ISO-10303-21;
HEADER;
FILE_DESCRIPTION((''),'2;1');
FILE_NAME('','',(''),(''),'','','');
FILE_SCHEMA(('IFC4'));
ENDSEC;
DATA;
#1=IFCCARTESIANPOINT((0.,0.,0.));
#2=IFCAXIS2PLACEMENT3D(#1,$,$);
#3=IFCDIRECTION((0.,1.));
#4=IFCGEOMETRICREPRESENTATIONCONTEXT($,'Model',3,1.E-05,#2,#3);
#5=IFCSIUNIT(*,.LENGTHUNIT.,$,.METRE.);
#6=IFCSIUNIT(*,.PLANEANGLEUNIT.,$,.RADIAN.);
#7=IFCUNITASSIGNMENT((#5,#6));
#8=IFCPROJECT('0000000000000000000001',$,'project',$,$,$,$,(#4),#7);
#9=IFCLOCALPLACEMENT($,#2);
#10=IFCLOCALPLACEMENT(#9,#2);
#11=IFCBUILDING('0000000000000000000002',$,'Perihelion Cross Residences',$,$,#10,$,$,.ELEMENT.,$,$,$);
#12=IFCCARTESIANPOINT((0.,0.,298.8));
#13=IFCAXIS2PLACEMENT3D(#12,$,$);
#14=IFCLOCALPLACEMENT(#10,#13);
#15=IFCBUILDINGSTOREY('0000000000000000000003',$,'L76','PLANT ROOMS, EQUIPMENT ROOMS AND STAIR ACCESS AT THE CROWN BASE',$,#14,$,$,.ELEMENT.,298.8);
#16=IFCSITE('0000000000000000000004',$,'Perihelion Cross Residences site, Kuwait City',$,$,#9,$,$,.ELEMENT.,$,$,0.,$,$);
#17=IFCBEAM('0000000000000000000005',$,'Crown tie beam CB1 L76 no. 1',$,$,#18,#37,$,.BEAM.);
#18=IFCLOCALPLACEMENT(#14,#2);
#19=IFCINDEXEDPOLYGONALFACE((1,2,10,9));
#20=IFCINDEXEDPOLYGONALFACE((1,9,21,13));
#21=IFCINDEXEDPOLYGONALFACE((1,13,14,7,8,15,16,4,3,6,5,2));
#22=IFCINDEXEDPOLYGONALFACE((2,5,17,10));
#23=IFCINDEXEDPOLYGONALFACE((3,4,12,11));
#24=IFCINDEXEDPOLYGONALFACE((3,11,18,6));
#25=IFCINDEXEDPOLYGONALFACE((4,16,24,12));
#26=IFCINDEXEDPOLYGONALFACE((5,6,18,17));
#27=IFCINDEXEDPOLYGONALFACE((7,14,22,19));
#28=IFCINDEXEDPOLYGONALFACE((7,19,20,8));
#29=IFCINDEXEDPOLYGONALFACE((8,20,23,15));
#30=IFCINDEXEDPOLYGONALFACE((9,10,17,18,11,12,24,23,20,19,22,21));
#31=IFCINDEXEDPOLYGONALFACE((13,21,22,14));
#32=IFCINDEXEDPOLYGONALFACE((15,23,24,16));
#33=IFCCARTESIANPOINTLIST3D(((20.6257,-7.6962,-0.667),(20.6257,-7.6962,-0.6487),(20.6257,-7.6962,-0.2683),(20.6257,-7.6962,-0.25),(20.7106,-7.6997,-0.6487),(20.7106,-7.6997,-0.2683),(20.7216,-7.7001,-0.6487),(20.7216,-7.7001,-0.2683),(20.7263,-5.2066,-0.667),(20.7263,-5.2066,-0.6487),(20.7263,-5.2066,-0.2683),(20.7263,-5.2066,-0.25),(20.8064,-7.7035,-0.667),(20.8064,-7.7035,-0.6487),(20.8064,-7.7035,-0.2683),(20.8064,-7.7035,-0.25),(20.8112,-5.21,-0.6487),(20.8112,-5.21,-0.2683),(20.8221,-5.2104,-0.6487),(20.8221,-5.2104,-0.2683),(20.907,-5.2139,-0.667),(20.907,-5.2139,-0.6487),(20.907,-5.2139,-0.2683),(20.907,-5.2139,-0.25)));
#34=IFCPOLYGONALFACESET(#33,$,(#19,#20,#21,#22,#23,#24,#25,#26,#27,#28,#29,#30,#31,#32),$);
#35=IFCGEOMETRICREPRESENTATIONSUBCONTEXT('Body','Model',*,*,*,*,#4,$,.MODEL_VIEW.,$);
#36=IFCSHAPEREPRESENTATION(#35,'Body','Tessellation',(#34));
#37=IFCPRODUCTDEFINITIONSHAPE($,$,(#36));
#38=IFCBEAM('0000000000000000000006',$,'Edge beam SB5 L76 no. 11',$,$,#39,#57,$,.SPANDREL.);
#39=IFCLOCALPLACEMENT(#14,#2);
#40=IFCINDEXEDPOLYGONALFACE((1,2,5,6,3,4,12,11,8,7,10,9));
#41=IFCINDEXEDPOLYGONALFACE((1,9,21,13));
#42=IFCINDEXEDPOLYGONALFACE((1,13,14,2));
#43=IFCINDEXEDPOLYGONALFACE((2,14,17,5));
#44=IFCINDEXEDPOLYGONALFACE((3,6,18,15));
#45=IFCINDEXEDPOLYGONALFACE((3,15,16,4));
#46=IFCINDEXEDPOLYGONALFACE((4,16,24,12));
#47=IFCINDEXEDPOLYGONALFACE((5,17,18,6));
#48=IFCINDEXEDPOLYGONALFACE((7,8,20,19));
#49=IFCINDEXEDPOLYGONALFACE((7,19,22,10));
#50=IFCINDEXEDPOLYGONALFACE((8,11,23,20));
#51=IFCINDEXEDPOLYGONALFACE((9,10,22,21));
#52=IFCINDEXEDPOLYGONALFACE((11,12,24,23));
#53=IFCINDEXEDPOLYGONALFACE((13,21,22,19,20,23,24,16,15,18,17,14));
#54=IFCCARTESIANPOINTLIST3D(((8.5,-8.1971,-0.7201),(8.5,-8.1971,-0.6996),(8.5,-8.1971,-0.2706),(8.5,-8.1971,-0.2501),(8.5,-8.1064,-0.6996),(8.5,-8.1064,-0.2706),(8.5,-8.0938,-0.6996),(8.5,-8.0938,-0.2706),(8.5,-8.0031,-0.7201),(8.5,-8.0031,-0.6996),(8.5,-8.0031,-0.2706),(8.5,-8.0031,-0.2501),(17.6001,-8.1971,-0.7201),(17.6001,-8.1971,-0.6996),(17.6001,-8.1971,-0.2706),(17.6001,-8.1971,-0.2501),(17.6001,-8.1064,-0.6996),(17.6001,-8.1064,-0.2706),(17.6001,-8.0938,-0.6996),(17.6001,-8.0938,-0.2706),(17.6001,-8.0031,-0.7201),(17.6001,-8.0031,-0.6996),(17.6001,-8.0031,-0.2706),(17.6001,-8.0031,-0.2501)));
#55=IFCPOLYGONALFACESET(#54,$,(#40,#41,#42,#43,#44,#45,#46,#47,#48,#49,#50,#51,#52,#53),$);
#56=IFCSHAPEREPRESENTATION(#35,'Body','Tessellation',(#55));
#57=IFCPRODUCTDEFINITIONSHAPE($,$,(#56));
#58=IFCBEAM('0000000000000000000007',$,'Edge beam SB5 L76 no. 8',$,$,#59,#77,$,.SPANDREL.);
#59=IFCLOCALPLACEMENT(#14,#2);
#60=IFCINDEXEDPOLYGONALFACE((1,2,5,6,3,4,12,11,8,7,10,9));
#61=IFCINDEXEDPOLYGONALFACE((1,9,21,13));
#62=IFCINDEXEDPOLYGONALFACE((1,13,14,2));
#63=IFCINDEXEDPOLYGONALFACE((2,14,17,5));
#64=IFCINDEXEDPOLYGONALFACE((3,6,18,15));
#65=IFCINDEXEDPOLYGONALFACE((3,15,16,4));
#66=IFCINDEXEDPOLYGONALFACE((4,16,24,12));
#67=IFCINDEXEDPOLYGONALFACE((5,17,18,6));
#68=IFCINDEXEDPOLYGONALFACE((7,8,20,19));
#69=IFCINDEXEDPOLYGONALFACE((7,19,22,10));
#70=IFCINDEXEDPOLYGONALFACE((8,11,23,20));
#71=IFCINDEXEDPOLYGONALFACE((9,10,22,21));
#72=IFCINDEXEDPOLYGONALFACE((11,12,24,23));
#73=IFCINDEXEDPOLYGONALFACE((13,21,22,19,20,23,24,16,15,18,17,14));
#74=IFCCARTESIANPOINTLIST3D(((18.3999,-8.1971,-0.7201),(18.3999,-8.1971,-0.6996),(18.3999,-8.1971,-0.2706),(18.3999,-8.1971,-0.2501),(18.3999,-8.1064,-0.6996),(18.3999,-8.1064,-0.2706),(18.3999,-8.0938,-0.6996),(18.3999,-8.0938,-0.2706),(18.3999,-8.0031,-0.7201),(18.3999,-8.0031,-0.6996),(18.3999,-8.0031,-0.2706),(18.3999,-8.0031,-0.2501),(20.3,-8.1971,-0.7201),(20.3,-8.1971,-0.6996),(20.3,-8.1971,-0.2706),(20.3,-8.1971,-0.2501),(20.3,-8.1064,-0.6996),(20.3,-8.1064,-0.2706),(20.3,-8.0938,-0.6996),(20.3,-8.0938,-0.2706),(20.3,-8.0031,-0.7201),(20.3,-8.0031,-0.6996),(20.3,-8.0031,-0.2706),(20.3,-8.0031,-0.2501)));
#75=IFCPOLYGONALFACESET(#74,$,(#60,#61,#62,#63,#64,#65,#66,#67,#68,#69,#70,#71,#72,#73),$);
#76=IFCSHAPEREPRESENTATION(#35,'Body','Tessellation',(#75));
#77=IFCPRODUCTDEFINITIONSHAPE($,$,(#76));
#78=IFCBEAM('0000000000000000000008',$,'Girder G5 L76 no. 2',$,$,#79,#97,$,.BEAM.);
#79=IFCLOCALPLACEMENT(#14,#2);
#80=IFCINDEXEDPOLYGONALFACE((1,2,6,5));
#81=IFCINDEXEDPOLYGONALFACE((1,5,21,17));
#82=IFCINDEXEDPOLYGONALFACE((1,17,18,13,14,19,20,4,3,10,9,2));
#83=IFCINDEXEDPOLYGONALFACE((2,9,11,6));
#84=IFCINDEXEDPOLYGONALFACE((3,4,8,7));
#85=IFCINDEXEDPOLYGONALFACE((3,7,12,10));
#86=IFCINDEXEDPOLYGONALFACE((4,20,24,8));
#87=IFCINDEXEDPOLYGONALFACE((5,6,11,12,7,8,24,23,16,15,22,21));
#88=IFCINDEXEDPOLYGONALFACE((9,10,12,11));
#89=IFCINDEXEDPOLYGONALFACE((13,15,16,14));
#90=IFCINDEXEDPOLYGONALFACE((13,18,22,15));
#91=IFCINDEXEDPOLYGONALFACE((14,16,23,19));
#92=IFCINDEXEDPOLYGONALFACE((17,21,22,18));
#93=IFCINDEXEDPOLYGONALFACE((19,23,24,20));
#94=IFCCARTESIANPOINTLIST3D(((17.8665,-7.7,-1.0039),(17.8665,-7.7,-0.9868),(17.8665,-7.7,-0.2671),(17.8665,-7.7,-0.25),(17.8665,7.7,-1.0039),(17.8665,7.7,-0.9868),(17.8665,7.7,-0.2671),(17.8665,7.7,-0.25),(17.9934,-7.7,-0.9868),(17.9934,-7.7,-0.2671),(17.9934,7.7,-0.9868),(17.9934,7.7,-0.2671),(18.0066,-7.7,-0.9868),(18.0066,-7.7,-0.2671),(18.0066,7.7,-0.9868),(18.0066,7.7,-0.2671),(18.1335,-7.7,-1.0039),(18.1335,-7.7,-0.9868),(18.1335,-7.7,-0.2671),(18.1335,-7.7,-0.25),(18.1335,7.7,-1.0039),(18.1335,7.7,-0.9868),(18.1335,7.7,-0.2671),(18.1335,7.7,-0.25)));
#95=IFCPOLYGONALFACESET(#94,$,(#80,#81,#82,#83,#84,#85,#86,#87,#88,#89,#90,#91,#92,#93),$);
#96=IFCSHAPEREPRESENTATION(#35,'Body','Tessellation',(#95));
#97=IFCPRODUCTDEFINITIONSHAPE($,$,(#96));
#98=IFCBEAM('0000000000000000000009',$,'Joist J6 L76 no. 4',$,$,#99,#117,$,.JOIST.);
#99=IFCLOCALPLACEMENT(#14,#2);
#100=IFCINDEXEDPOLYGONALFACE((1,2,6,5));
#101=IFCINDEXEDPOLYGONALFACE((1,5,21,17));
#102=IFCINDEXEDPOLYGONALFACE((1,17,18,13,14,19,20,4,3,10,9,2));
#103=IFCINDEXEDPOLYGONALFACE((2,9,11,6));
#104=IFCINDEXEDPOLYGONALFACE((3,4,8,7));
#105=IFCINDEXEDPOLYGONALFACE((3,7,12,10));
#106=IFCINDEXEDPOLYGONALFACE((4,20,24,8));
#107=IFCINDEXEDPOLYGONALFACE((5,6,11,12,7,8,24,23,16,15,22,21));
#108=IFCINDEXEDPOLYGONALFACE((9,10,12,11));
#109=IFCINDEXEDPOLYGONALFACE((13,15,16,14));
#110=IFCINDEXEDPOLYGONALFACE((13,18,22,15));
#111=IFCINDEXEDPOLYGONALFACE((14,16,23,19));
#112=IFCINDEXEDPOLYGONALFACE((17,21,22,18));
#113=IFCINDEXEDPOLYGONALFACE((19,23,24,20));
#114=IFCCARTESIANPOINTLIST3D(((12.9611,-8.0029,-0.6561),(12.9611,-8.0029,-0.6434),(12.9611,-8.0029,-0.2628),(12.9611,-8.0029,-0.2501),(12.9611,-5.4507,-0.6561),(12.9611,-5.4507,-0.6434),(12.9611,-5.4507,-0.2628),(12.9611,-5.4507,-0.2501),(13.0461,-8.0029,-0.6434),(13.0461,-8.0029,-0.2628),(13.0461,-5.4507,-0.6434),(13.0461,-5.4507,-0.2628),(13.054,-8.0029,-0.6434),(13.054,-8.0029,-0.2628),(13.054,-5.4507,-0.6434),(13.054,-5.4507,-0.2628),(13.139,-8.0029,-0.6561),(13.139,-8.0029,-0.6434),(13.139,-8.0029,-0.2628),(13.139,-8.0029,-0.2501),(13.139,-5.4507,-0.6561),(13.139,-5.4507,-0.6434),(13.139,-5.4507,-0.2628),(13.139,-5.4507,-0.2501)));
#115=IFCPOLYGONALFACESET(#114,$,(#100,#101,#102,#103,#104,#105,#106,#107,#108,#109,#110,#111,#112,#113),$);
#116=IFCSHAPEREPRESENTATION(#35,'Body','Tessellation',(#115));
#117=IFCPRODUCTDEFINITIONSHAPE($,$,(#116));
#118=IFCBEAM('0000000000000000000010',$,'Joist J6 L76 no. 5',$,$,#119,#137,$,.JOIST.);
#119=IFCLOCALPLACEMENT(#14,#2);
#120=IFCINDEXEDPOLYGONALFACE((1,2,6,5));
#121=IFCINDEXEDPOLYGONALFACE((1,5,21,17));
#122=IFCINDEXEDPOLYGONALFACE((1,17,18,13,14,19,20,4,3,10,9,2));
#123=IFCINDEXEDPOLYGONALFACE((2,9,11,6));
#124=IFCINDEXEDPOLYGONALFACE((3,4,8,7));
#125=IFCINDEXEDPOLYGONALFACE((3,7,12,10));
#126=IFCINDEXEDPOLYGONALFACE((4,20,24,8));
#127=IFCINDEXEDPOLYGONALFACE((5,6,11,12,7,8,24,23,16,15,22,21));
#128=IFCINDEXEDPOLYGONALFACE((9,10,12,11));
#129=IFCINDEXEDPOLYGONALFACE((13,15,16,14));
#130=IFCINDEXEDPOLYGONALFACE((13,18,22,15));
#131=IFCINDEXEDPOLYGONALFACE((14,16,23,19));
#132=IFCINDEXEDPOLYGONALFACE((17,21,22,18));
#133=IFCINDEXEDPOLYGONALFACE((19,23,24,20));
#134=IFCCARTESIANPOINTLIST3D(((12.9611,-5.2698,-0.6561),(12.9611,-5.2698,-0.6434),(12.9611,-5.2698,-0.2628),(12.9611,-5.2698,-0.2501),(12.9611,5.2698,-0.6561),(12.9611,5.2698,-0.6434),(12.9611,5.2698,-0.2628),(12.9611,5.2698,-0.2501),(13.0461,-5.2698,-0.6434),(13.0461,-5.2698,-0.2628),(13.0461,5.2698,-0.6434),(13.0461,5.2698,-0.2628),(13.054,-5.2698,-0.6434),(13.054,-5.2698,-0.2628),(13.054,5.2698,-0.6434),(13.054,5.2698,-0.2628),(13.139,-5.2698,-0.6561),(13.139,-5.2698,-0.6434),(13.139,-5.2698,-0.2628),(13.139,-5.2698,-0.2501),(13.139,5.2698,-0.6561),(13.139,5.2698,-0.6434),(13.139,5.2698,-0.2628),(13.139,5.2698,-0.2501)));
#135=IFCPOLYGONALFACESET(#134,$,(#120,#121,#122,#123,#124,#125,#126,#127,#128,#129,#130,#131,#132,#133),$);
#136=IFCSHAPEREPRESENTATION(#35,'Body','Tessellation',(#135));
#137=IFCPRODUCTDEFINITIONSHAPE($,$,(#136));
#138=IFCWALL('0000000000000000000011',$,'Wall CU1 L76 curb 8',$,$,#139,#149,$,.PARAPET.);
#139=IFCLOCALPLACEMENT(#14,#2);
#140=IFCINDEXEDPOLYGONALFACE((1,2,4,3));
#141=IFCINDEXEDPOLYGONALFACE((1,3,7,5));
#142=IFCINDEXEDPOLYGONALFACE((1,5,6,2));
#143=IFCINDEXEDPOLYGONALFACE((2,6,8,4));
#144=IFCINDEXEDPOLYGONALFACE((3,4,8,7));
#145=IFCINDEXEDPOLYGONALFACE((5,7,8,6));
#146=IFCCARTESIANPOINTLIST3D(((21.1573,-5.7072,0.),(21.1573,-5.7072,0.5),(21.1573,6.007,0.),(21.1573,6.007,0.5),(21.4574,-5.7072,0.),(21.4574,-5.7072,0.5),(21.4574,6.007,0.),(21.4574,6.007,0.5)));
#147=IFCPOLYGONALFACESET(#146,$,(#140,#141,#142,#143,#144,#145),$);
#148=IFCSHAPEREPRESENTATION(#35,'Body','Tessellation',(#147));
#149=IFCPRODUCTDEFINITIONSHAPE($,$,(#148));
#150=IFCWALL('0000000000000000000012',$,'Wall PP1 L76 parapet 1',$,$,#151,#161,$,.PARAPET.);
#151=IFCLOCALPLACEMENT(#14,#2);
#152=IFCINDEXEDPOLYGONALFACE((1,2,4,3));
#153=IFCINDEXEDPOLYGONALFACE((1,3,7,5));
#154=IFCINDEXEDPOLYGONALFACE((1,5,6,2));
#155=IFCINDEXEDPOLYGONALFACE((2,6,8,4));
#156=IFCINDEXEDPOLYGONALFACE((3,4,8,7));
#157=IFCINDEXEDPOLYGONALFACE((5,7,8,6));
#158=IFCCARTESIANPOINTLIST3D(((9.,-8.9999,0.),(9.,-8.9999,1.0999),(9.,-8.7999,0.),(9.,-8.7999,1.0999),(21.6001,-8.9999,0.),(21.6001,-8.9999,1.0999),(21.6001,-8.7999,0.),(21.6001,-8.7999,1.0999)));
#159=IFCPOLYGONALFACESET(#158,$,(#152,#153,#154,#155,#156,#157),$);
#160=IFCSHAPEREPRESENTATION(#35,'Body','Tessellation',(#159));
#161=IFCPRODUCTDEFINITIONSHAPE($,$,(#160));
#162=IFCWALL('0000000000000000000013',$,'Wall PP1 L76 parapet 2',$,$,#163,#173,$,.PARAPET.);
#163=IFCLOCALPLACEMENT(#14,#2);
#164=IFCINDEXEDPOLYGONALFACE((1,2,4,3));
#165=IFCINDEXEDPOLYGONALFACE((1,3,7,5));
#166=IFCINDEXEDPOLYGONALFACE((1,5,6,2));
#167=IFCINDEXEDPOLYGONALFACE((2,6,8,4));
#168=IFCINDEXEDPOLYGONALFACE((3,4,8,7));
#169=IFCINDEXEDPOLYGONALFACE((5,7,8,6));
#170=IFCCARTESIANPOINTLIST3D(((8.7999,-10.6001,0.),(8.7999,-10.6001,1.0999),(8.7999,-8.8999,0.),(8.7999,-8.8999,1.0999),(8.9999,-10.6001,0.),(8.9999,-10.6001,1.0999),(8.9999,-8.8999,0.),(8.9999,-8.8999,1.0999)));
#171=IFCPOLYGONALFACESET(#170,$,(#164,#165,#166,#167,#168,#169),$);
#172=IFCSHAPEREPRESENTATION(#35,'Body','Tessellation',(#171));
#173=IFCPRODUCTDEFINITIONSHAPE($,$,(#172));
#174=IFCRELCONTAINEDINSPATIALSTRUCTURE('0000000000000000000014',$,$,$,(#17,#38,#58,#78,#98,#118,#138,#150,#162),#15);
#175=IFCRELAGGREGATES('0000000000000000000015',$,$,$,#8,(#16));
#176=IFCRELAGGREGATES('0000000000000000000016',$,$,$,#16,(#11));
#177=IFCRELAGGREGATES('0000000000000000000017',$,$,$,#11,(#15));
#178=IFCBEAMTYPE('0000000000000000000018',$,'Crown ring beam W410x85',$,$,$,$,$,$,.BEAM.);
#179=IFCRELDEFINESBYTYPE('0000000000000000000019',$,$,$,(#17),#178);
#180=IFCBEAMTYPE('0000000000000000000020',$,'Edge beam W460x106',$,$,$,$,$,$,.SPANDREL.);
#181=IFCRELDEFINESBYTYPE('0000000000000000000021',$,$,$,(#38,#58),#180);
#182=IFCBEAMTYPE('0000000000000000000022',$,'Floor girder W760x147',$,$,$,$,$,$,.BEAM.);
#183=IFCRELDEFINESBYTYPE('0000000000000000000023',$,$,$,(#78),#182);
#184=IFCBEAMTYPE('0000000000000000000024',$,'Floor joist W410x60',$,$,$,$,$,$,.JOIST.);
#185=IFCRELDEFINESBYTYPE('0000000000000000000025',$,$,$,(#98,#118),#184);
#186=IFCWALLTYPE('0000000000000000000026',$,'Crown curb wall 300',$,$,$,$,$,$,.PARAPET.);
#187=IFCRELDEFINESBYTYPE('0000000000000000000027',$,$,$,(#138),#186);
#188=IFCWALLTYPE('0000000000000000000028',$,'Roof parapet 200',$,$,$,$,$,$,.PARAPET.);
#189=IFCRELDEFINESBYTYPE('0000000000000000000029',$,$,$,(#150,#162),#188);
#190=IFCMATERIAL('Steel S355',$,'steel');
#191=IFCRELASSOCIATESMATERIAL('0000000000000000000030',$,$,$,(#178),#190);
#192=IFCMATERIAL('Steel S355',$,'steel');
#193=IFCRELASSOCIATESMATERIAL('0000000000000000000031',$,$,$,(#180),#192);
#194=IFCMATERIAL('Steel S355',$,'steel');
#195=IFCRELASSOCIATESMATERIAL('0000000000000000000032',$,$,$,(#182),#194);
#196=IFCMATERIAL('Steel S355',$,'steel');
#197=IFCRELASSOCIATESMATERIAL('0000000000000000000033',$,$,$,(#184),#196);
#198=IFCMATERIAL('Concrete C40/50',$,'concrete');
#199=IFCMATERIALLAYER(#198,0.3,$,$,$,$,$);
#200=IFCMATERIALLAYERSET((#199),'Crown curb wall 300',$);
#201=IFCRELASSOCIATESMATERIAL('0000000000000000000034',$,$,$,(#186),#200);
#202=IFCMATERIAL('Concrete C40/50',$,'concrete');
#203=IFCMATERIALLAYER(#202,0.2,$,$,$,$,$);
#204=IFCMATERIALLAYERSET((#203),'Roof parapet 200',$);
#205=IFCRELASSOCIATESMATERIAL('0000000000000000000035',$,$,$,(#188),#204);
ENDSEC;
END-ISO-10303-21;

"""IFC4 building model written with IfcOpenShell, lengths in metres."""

from ifc_helpers import new_model, si_unit, direction, frame, frame_2d, origin, origin_2d, place, context, subcontext, project, spatial, rectangle, i_section, extrude, material, layer, layer_set, material_profile, profile_set, type_object, element, save


model = new_model("IFC4")

# Units and contexts
model_context = context("Model", 3, precision=1e-05, world=origin(), true_north=direction((0.0, 1.0)))
body_context = subcontext(model_context, "Body", "Model", "MODEL_VIEW")
ifc_project = project(units=[si_unit("LENGTHUNIT", "METRE"), si_unit("PLANEANGLEUNIT", "RADIAN")], contexts=[model_context])

# Site, building, storey
site_placement = place(None, origin())
site = spatial("IfcSite", under=ifc_project, at=site_placement, Name="Perihelion Cross Residences site, Kuwait City", CompositionType="ELEMENT", RefElevation=0.0)
building_placement = place(site_placement, origin())
building = spatial("IfcBuilding", under=site, at=building_placement, Name="Perihelion Cross Residences", CompositionType="ELEMENT")
storey_placement = place(building_placement, frame((0.0, 0.0, 298.8)))
storey = spatial("IfcBuildingStorey", under=building, at=storey_placement, Name="L76", Description="PLANT ROOMS, EQUIPMENT ROOMS AND STAIR ACCESS AT THE CROWN BASE", CompositionType="ELEMENT", Elevation=298.8)

# Beams
ifc_material_1 = material(Name="Steel S355", Category="steel")
ifc_material_profile_1 = material_profile(ifc_material_1, i_section(OverallWidth=0.1809, OverallDepth=0.417, WebThickness=0.011, FlangeThickness=0.0183, at=origin_2d()), Name="W410x85")
ifc_profile_set_1 = profile_set([ifc_material_profile_1], Name="Steel S355")
beam_type_1 = type_object("IfcBeamType", Name="Crown ring beam W410x85", PredefinedType="BEAM", material=ifc_profile_set_1)
beam_1_placement = place(storey_placement, frame((20.8167, -5.2102, -0.4585), z_axis=(-0.040367, -0.999185, 0.0), x_axis=(0.999185, -0.040367, 0.0)))
element("IfcBeam", 1, at=beam_1_placement, inside=storey, type_object=beam_type_1, Name="Crown tie beam CB1 L76 no. 1", PredefinedType="BEAM", context=body_context, shape_type="SweptSolid", body=[
    extrude(i_section(OverallWidth=0.1809, OverallDepth=0.417, WebThickness=0.011, FlangeThickness=0.0183, at=origin_2d()), origin(), (0.0, 0.0, 1.0), 2.4917),
])
ifc_material_2 = material(Name="Steel S355", Category="steel")
ifc_material_profile_2 = material_profile(ifc_material_2, i_section(OverallWidth=0.1941, OverallDepth=0.47, WebThickness=0.0127, FlangeThickness=0.0205, at=origin_2d()), Name="W460x106")
ifc_profile_set_2 = profile_set([ifc_material_profile_2], Name="Steel S355")
beam_type_2 = type_object("IfcBeamType", Name="Edge beam W460x106", PredefinedType="SPANDREL", material=ifc_profile_set_2)
beam_2_placement = place(storey_placement, frame((8.5, -8.1001, -0.4851), z_axis=(1.0, 0.0, 0.0), x_axis=(0.0, 1.0, 0.0)))
element("IfcBeam", 2, at=beam_2_placement, inside=storey, type_object=beam_type_2, Name="Edge beam SB5 L76 no. 11", PredefinedType="SPANDREL", context=body_context, shape_type="SweptSolid", body=[
    extrude(i_section(OverallWidth=0.1941, OverallDepth=0.47, WebThickness=0.0127, FlangeThickness=0.0205, at=origin_2d()), origin(), (0.0, 0.0, 1.0), 9.1001),
])
beam_3_placement = place(storey_placement, frame((18.3999, -8.1001, -0.4851), z_axis=(1.0, 0.0, 0.0), x_axis=(0.0, 1.0, 0.0)))
element("IfcBeam", 3, at=beam_3_placement, inside=storey, type_object=beam_type_2, Name="Edge beam SB5 L76 no. 8", PredefinedType="SPANDREL", context=body_context, shape_type="SweptSolid", body=[
    extrude(i_section(OverallWidth=0.1941, OverallDepth=0.47, WebThickness=0.0127, FlangeThickness=0.0205, at=origin_2d()), origin(), (0.0, 0.0, 1.0), 1.9001),
])
ifc_material_3 = material(Name="Steel S355", Category="steel")
ifc_material_profile_3 = material_profile(ifc_material_3, i_section(OverallWidth=0.2671, OverallDepth=0.7539, WebThickness=0.0132, FlangeThickness=0.0171, at=origin_2d()), Name="W760x147")
ifc_profile_set_3 = profile_set([ifc_material_profile_3], Name="Steel S355")
beam_type_3 = type_object("IfcBeamType", Name="Floor girder W760x147", PredefinedType="BEAM", material=ifc_profile_set_3)
beam_4_placement = place(storey_placement, frame((18.0, -7.7, -0.627), z_axis=(0.0, 1.0, 0.0), x_axis=(-1.0, 0.0, 0.0)))
element("IfcBeam", 4, at=beam_4_placement, inside=storey, type_object=beam_type_3, Name="Girder G5 L76 no. 2", PredefinedType="BEAM", context=body_context, shape_type="SweptSolid", body=[
    extrude(i_section(OverallWidth=0.2671, OverallDepth=0.7539, WebThickness=0.0132, FlangeThickness=0.0171, at=origin_2d()), origin(), (0.0, 0.0, 1.0), 15.3999),
])
ifc_material_4 = material(Name="Steel S355", Category="steel")
ifc_material_profile_4 = material_profile(ifc_material_4, i_section(OverallWidth=0.178, OverallDepth=0.406, WebThickness=0.0078, FlangeThickness=0.0127, at=origin_2d()), Name="W410x60")
ifc_profile_set_4 = profile_set([ifc_material_profile_4], Name="Steel S355")
beam_type_4 = type_object("IfcBeamType", Name="Floor joist W410x60", PredefinedType="JOIST", material=ifc_profile_set_4)
beam_5_placement = place(storey_placement, frame((13.05, -8.0029, -0.4531), z_axis=(0.0, 1.0, 0.0), x_axis=(-1.0, 0.0, 0.0)))
element("IfcBeam", 5, at=beam_5_placement, inside=storey, type_object=beam_type_4, Name="Joist J6 L76 no. 4", PredefinedType="JOIST", context=body_context, shape_type="SweptSolid", body=[
    extrude(i_section(OverallWidth=0.178, OverallDepth=0.406, WebThickness=0.0078, FlangeThickness=0.0127, at=origin_2d()), origin(), (0.0, 0.0, 1.0), 2.5522),
])
beam_6_placement = place(storey_placement, frame((13.05, -5.2698, -0.4531), z_axis=(0.0, 1.0, 0.0), x_axis=(-1.0, 0.0, 0.0)))
element("IfcBeam", 6, at=beam_6_placement, inside=storey, type_object=beam_type_4, Name="Joist J6 L76 no. 5", PredefinedType="JOIST", context=body_context, shape_type="SweptSolid", body=[
    extrude(i_section(OverallWidth=0.178, OverallDepth=0.406, WebThickness=0.0078, FlangeThickness=0.0127, at=origin_2d()), origin(), (0.0, 0.0, 1.0), 10.5396),
])

# Walls
ifc_material_5 = material(Name="Concrete C40/50", Category="concrete")
ifc_layer_1 = layer(ifc_material_5, 0.3)
ifc_layer_set_1 = layer_set([ifc_layer_1], Name="Crown curb wall 300")
wall_type_1 = type_object("IfcWallType", Name="Crown curb wall 300", PredefinedType="PARAPET", material=ifc_layer_set_1)
wall_1_placement = place(storey_placement, frame((21.3074, -5.707, 0.0), z_axis=(0.0, 0.0, 1.0), x_axis=(0.0, 1.0, 0.0)))
element("IfcWall", 7, at=wall_1_placement, inside=storey, type_object=wall_type_1, Name="Wall CU1 L76 curb 8", PredefinedType="PARAPET", context=body_context, shape_type="SweptSolid", body=[
    extrude(rectangle(XDim=11.7141, YDim=0.3, at=frame_2d((5.8569, 0.0))), origin(), (0.0, 0.0, 1.0), 0.5),
])
ifc_material_6 = material(Name="Concrete C40/50", Category="concrete")
ifc_layer_2 = layer(ifc_material_6, 0.2)
ifc_layer_set_2 = layer_set([ifc_layer_2], Name="Roof parapet 200")
wall_type_2 = type_object("IfcWallType", Name="Roof parapet 200", PredefinedType="PARAPET", material=ifc_layer_set_2)
wall_2_placement = place(storey_placement, frame((21.6001, -8.8999, 0.0), z_axis=(0.0, 0.0, 1.0), x_axis=(-1.0, 0.0, 0.0)))
element("IfcWall", 8, at=wall_2_placement, inside=storey, type_object=wall_type_2, Name="Wall PP1 L76 parapet 1", PredefinedType="PARAPET", context=body_context, shape_type="SweptSolid", body=[
    extrude(rectangle(XDim=12.6001, YDim=0.2, at=frame_2d((6.3, 0.0))), origin(), (0.0, 0.0, 1.0), 1.0999),
])
wall_3_placement = place(storey_placement, frame((8.8999, -8.8999, 0.0), z_axis=(0.0, 0.0, 1.0), x_axis=(0.0, -1.0, 0.0)))
element("IfcWall", 9, at=wall_3_placement, inside=storey, type_object=wall_type_2, Name="Wall PP1 L76 parapet 2", PredefinedType="PARAPET", context=body_context, shape_type="SweptSolid", body=[
    extrude(rectangle(XDim=1.7002, YDim=0.2, at=frame_2d((0.8501, 0.0))), origin(), (0.0, 0.0, 1.0), 1.0999),
])

save(model, "model.ifc")
